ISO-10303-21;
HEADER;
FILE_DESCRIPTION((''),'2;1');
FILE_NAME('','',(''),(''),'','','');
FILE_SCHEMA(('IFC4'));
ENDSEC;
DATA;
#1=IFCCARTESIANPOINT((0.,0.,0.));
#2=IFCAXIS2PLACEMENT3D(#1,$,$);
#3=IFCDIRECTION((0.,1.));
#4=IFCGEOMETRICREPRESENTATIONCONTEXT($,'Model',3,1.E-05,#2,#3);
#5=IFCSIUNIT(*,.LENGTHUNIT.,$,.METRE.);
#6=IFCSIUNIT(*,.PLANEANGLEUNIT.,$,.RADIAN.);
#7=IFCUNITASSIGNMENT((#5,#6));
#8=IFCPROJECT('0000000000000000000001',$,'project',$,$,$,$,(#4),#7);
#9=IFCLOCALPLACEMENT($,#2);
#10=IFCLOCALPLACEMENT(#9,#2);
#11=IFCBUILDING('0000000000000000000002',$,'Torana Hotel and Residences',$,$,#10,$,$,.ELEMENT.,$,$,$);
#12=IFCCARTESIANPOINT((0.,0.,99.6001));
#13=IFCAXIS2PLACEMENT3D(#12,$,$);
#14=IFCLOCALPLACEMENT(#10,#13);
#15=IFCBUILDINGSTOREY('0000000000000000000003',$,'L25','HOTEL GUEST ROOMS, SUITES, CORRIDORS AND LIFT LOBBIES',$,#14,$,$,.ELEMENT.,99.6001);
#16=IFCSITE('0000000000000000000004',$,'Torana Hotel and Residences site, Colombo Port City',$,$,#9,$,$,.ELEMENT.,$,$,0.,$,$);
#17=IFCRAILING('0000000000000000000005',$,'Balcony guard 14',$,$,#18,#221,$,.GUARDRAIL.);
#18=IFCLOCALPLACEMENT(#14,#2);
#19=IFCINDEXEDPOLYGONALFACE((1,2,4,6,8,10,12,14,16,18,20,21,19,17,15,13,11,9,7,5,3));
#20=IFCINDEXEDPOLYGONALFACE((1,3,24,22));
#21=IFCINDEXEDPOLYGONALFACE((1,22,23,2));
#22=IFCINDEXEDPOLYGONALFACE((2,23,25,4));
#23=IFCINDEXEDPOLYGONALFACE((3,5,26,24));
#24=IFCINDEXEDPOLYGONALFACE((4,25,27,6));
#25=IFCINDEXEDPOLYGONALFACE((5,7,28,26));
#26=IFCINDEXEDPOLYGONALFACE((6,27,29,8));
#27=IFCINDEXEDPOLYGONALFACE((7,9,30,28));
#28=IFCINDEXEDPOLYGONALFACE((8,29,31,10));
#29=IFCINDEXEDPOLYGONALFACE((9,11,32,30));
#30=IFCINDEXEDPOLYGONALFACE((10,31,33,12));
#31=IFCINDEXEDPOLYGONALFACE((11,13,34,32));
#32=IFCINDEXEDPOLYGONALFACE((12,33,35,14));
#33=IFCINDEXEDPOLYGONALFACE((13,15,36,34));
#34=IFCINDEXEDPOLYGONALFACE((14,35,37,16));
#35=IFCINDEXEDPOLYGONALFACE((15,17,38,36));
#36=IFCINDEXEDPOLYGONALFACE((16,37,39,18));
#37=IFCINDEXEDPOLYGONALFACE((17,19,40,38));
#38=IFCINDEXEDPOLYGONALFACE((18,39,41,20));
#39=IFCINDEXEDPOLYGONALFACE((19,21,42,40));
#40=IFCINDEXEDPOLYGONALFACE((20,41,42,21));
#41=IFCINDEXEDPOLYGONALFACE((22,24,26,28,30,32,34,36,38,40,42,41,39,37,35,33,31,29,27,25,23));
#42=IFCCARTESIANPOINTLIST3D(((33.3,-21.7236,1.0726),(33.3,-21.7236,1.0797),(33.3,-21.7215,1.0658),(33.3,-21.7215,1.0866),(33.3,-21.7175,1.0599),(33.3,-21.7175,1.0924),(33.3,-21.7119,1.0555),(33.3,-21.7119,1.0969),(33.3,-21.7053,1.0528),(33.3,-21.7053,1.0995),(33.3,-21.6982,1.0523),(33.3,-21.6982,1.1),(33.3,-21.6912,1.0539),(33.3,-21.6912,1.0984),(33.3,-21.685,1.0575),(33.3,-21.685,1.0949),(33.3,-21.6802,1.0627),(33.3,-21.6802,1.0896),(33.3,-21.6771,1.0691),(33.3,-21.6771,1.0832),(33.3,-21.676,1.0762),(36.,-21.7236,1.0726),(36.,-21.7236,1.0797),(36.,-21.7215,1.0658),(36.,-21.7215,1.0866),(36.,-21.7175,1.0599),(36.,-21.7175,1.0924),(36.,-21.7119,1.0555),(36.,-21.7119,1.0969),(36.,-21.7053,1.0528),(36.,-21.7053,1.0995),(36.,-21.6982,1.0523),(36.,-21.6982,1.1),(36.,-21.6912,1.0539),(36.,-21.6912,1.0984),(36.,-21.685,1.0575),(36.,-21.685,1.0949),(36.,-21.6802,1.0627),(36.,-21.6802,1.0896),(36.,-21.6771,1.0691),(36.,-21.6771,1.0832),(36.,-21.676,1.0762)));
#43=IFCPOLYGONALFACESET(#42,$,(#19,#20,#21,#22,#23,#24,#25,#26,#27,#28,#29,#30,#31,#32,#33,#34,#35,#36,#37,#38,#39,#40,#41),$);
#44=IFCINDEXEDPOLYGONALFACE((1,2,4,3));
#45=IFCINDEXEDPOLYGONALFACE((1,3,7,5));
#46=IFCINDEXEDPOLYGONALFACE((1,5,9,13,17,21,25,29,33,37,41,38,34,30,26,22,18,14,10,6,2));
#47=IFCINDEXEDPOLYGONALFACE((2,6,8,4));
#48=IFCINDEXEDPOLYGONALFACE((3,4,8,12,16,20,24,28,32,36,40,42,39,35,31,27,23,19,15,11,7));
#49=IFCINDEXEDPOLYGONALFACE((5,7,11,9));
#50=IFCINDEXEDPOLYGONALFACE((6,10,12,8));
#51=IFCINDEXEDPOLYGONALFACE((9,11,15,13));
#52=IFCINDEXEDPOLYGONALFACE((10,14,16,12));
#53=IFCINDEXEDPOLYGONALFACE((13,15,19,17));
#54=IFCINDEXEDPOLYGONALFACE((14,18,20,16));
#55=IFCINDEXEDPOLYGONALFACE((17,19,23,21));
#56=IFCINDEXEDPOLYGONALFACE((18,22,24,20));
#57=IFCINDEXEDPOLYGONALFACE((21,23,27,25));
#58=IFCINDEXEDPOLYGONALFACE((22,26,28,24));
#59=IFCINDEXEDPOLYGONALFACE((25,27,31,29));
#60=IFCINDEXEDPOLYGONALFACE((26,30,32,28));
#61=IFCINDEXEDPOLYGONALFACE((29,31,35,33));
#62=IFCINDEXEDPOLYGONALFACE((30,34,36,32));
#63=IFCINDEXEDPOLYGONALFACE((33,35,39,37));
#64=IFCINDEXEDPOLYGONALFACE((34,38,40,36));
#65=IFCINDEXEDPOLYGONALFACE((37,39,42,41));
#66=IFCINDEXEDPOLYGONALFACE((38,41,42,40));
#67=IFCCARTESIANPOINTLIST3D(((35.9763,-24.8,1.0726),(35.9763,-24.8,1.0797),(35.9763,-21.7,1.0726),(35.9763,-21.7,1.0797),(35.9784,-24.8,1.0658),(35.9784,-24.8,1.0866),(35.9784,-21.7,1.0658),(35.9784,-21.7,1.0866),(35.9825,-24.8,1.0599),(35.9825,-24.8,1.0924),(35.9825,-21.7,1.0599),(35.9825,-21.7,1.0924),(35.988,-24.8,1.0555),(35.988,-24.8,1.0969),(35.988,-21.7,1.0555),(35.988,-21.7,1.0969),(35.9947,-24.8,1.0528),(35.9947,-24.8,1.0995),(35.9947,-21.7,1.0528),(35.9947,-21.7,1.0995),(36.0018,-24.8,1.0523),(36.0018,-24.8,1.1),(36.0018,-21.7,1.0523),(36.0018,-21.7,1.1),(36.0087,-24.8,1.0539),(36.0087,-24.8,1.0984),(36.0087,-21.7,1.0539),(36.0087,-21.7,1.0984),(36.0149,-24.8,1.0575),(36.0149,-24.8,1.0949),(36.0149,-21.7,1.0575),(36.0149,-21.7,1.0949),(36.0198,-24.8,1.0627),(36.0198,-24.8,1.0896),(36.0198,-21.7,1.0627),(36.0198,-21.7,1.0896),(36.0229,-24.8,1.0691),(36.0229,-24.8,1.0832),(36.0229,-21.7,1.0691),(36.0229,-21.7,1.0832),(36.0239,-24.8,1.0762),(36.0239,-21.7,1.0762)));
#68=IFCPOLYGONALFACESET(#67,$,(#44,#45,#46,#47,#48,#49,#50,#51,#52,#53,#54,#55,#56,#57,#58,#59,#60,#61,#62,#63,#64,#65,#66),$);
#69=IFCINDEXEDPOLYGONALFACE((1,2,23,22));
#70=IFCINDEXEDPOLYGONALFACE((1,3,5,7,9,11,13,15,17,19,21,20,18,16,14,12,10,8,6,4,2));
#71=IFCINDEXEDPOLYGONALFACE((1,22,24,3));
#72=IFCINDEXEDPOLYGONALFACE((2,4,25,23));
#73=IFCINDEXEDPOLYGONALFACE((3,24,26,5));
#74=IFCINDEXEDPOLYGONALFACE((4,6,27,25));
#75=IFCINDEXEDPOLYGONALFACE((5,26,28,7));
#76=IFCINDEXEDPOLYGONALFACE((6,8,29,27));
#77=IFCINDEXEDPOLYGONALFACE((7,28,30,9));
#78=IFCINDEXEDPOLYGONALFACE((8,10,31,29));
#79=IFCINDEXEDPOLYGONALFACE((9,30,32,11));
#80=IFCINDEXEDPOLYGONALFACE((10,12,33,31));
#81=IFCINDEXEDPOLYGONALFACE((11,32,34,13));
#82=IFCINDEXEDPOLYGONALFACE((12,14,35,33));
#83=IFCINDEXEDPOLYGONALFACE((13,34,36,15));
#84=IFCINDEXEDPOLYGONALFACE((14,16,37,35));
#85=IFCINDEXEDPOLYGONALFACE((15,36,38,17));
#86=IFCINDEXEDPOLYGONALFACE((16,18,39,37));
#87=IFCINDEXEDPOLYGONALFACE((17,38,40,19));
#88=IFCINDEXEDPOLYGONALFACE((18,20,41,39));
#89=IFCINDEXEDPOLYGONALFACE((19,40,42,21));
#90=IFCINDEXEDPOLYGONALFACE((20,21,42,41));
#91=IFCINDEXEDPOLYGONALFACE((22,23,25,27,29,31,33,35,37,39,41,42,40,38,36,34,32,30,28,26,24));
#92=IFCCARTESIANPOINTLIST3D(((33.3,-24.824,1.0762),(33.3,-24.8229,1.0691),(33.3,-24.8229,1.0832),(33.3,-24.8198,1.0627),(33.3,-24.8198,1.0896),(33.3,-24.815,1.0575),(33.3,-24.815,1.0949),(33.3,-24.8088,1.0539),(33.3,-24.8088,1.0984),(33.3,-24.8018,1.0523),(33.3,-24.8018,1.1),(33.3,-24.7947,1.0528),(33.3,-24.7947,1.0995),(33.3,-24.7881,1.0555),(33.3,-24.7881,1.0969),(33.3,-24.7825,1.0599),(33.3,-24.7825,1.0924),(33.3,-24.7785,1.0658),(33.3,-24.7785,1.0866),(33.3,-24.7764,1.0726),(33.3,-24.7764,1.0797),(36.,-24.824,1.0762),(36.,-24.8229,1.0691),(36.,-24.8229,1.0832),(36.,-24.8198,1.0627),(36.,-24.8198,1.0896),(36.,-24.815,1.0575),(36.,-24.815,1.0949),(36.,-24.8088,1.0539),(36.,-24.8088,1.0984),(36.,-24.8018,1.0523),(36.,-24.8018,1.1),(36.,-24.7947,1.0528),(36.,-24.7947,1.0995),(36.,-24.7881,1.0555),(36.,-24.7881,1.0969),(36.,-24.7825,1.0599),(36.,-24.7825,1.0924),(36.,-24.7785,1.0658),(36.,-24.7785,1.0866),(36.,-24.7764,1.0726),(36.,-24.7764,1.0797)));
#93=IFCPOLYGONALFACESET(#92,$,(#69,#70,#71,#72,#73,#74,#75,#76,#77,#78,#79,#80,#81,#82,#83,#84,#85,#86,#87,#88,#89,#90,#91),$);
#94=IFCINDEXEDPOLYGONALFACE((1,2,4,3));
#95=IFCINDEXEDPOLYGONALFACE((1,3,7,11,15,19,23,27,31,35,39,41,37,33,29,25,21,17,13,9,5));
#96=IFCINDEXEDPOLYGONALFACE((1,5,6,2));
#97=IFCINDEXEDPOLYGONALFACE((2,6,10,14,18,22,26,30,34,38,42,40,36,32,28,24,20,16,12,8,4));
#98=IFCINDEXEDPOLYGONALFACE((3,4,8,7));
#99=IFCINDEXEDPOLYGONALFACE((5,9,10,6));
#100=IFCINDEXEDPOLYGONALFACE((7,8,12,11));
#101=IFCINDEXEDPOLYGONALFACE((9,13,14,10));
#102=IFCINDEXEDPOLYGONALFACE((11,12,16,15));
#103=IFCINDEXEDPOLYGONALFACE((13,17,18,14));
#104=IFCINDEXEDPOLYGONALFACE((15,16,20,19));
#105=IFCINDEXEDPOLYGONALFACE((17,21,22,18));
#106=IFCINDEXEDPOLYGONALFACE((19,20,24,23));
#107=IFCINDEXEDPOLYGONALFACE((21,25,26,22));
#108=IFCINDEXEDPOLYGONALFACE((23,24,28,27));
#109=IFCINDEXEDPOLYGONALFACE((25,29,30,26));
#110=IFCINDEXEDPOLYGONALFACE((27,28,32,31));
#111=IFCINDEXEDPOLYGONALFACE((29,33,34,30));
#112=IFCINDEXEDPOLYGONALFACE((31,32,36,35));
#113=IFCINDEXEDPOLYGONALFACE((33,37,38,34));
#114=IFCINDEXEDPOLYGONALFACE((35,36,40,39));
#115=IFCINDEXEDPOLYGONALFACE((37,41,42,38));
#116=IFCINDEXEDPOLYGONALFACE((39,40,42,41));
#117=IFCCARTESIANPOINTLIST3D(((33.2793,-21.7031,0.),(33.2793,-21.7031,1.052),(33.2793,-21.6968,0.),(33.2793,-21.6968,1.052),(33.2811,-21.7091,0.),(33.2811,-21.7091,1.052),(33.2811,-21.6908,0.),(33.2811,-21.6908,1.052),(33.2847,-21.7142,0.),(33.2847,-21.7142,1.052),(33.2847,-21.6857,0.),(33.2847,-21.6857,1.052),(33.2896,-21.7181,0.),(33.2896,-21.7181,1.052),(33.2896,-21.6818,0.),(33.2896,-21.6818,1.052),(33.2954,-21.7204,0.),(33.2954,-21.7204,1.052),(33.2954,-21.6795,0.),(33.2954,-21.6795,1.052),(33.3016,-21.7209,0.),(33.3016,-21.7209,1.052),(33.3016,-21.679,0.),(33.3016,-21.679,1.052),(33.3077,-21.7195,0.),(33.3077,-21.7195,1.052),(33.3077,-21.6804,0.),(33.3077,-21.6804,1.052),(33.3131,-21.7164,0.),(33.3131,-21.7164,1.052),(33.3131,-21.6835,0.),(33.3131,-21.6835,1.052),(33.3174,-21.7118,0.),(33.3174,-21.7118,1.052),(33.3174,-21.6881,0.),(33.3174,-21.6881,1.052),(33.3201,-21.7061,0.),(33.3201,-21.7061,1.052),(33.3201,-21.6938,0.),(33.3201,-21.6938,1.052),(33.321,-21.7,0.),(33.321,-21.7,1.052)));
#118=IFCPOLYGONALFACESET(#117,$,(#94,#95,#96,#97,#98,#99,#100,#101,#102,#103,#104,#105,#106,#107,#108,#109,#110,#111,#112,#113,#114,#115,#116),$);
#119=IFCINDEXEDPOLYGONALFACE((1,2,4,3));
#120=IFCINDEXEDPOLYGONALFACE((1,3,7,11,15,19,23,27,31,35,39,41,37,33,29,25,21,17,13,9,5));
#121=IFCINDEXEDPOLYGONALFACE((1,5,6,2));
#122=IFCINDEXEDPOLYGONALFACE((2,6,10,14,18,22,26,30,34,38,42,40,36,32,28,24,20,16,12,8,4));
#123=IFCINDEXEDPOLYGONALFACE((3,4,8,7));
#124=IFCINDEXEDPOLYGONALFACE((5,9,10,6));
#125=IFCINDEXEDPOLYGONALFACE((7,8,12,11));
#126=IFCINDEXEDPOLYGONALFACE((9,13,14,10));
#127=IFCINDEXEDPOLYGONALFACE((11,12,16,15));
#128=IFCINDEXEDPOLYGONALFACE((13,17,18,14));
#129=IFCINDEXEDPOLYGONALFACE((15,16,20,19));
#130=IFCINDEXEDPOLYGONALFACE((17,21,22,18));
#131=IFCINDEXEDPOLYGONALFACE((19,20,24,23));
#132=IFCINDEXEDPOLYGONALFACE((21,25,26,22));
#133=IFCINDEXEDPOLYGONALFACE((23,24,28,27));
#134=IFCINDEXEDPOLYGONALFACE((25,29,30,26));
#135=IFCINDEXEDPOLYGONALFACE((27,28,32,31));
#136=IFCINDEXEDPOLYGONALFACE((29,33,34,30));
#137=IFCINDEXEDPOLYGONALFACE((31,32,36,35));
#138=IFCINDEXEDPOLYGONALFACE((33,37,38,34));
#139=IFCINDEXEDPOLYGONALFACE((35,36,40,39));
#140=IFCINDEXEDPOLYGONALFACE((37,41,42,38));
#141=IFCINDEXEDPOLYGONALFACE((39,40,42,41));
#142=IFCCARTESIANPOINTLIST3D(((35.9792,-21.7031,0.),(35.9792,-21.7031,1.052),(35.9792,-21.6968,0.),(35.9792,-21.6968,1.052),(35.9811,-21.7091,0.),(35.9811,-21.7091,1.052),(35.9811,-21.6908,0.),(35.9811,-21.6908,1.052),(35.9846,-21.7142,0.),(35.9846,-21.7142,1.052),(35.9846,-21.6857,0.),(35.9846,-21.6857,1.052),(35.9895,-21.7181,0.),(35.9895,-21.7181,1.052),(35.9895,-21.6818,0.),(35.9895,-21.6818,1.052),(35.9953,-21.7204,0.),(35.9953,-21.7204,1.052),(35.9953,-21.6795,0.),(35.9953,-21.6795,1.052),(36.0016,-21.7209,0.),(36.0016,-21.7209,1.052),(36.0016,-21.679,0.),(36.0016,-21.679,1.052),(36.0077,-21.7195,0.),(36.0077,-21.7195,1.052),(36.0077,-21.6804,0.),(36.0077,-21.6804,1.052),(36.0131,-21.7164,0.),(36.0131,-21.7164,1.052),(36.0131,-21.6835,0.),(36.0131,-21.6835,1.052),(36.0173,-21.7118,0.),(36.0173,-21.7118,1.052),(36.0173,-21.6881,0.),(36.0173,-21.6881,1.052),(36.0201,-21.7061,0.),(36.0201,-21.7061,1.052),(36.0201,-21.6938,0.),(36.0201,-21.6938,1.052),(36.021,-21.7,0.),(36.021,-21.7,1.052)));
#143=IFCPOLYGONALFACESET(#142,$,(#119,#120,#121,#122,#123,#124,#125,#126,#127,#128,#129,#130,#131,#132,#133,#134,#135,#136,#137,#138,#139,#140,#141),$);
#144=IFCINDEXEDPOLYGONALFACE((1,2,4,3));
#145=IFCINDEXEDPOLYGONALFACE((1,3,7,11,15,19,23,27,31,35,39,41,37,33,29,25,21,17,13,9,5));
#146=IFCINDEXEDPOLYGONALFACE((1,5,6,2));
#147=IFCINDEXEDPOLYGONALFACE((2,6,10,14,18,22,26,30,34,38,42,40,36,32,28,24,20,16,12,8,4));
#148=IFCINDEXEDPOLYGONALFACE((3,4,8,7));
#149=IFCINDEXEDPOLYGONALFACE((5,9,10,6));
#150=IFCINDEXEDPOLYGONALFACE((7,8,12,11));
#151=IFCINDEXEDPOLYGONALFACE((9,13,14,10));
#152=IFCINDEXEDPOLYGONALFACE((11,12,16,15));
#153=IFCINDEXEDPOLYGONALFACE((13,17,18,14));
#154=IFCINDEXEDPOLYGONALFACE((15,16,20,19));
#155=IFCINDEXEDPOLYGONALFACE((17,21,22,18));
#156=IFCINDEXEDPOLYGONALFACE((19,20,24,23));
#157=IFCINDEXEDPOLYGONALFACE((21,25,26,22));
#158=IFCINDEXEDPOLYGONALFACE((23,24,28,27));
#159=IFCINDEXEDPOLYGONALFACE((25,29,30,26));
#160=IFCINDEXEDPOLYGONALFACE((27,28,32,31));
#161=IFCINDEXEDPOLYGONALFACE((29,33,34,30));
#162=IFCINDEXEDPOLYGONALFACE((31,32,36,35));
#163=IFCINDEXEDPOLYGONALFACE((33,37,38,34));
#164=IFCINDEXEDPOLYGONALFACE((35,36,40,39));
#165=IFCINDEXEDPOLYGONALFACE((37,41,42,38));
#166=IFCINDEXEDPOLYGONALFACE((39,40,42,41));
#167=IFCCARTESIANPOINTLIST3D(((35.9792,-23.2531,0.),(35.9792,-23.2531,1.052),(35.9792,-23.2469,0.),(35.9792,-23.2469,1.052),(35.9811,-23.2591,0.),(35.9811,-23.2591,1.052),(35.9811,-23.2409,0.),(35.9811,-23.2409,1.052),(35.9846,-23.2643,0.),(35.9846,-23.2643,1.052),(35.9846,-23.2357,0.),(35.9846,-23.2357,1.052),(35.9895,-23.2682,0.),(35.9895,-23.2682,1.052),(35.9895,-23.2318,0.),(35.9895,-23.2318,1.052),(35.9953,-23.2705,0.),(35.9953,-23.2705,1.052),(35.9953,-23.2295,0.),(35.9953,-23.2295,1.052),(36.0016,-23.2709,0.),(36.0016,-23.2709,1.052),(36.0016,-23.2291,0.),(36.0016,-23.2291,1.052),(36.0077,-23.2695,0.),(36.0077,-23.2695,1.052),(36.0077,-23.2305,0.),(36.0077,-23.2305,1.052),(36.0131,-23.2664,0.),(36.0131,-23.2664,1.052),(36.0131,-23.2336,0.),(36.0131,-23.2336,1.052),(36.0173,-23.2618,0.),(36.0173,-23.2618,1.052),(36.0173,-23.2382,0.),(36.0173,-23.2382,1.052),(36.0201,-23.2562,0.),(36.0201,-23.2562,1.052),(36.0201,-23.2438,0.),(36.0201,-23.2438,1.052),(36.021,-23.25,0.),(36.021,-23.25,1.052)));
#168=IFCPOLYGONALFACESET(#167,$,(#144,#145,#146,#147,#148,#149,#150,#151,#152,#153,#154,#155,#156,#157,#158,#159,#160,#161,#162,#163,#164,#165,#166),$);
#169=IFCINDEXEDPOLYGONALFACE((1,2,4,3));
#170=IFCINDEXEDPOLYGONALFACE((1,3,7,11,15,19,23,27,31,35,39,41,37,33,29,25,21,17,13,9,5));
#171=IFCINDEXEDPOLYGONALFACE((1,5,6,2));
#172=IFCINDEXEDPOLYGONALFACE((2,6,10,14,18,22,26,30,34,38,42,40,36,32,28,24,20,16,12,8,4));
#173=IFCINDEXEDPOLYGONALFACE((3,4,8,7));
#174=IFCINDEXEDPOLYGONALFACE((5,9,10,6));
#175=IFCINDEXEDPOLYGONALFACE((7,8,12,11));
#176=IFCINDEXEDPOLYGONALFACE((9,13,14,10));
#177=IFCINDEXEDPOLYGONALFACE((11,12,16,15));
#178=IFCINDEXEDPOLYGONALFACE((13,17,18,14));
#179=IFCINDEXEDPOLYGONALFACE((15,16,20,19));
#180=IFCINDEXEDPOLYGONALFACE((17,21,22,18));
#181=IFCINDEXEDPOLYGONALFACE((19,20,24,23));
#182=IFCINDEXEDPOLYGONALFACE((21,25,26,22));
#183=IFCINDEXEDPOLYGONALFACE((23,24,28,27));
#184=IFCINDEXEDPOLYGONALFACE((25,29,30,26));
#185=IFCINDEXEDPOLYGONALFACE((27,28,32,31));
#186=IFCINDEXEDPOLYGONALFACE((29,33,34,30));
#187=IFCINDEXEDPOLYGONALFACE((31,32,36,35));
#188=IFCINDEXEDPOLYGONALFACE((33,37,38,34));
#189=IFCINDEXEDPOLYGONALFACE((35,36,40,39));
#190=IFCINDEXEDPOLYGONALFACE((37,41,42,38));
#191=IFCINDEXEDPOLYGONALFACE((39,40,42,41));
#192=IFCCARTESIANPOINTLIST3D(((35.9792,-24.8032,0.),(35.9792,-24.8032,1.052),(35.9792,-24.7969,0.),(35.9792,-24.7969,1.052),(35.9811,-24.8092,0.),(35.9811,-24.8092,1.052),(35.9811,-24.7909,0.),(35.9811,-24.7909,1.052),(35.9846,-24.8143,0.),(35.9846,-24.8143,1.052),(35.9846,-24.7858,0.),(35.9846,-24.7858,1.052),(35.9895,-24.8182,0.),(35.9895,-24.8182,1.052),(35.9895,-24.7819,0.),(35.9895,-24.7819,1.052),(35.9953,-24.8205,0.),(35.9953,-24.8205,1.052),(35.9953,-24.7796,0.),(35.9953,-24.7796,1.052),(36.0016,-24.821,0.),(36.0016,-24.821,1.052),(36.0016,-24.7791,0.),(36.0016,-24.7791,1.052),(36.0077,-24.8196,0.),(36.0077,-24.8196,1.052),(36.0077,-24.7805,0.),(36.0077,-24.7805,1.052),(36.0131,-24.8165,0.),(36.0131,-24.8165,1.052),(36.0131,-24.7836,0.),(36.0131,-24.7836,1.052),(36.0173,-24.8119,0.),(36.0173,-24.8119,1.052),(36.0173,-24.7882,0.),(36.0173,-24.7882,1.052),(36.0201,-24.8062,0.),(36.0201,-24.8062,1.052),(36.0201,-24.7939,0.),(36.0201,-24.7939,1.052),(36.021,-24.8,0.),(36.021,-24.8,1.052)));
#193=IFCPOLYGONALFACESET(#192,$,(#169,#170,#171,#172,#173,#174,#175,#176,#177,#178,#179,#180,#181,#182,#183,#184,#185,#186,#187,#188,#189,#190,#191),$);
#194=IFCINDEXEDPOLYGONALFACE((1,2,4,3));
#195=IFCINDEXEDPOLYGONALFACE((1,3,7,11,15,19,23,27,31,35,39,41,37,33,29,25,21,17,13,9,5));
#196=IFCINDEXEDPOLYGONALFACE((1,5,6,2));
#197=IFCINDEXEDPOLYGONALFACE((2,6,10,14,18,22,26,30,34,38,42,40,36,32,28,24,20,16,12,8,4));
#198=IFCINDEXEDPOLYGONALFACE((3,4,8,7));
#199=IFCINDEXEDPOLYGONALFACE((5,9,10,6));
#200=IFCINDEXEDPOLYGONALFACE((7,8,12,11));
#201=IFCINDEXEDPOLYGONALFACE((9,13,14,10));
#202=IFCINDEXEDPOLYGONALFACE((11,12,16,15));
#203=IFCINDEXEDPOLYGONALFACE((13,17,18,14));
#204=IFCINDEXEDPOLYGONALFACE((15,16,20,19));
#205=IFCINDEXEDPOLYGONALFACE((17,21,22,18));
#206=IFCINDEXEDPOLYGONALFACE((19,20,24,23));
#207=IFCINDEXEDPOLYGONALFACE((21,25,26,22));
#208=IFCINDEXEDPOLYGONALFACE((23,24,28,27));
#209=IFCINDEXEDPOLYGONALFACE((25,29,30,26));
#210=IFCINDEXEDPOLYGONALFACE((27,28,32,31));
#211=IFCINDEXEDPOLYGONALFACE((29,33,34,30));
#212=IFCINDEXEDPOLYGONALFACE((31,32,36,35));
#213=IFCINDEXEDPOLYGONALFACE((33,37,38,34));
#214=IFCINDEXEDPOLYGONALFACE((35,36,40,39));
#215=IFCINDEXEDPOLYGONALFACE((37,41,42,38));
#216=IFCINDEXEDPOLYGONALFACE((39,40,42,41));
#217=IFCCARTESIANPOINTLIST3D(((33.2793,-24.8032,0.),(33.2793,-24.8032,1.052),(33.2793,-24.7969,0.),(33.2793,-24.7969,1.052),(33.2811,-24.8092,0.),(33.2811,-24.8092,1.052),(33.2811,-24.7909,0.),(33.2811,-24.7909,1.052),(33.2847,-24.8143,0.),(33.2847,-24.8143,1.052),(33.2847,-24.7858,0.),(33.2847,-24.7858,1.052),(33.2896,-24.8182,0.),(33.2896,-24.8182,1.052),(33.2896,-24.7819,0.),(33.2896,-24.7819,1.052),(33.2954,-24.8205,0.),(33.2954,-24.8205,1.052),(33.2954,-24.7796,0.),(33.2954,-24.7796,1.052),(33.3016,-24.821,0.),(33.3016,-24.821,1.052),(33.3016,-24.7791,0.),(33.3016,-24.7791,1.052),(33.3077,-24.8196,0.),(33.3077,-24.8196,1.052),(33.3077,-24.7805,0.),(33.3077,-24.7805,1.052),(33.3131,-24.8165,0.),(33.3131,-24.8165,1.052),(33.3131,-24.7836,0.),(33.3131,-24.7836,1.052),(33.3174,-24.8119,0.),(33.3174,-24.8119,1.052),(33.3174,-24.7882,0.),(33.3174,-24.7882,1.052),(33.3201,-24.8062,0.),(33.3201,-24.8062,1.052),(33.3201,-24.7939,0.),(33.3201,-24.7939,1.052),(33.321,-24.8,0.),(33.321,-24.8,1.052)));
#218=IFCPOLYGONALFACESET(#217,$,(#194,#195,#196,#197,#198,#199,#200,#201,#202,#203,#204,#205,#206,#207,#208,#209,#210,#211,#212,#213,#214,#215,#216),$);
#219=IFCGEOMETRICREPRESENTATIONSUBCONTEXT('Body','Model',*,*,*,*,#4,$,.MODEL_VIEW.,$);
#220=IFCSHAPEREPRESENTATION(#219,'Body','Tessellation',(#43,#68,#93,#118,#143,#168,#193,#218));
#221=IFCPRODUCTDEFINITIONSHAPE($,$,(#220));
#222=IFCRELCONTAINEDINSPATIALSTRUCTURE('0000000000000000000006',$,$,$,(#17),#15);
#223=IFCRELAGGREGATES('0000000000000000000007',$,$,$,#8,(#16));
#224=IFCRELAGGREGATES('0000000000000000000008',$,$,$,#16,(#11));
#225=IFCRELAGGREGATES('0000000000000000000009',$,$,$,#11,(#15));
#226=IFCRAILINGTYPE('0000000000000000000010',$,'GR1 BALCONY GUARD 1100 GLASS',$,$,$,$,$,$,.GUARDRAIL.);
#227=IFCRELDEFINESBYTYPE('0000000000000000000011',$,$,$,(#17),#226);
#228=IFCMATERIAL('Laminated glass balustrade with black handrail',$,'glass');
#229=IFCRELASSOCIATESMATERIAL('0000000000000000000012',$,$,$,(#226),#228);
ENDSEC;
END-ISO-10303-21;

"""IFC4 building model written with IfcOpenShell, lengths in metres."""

from ifc_helpers import new_model, si_unit, direction, frame, origin, origin_2d, place, context, subcontext, project, spatial, circle, extrude, material, type_object, element, save


model = new_model("IFC4")

# Units and contexts
model_context = context("Model", 3, precision=1e-05, world=origin(), true_north=direction((0.0, 1.0)))
body_context = subcontext(model_context, "Body", "Model", "MODEL_VIEW")
ifc_project = project(units=[si_unit("LENGTHUNIT", "METRE"), si_unit("PLANEANGLEUNIT", "RADIAN")], contexts=[model_context])

# Site, building, storey
site_placement = place(None, origin())
site = spatial("IfcSite", under=ifc_project, at=site_placement, Name="Torana Hotel and Residences site, Colombo Port City", CompositionType="ELEMENT", RefElevation=0.0)
building_placement = place(site_placement, origin())
building = spatial("IfcBuilding", under=site, at=building_placement, Name="Torana Hotel and Residences", CompositionType="ELEMENT")
storey_placement = place(building_placement, frame((0.0, 0.0, 99.6001)))
storey = spatial("IfcBuildingStorey", under=building, at=storey_placement, Name="L25", Description="HOTEL GUEST ROOMS, SUITES, CORRIDORS AND LIFT LOBBIES", CompositionType="ELEMENT", Elevation=99.6001)

# Railing
ifc_material_1 = material(Name="Laminated glass balustrade with black handrail", Category="glass")
railing_type = type_object("IfcRailingType", Name="GR1 BALCONY GUARD 1100 GLASS", PredefinedType="GUARDRAIL", material=ifc_material_1)
railing_1_placement = place(storey_placement, frame((33.3, -21.7, 0.0)))
element("IfcRailing", 1, at=railing_1_placement, inside=storey, type_object=railing_type, Name="Balcony guard 14", PredefinedType="GUARDRAIL", context=body_context, shape_type="SweptSolid", body=[
    extrude(circle(Radius=0.0239, at=origin_2d()), frame((0.0, 0.0, 1.0762), z_axis=(1.0, 0.0, 0.0), x_axis=(0.0, 1.0, 0.0)), (0.0, 0.0, 1.0), 2.7),
    extrude(circle(Radius=0.0239, at=origin_2d()), frame((2.7, 0.0, 1.0762), z_axis=(0.0, -1.0, 0.0), x_axis=(1.0, 0.0, 0.0)), (0.0, 0.0, 1.0), 3.1001),
    extrude(circle(Radius=0.0239, at=origin_2d()), frame((2.7, -3.1001, 1.0762), z_axis=(-1.0, 0.0, 0.0), x_axis=(0.0, -1.0, 0.0)), (0.0, 0.0, 1.0), 2.7),
    extrude(circle(Radius=0.021, at=origin_2d()), origin(), (0.0, 0.0, 1.0), 1.052),
    extrude(circle(Radius=0.021, at=origin_2d()), frame((2.7, 0.0, 0.0)), (0.0, 0.0, 1.0), 1.052),
    extrude(circle(Radius=0.021, at=origin_2d()), frame((2.7, -1.55, 0.0)), (0.0, 0.0, 1.0), 1.052),
    extrude(circle(Radius=0.021, at=origin_2d()), frame((2.7, -3.1001, 0.0)), (0.0, 0.0, 1.0), 1.052),
    extrude(circle(Radius=0.021, at=origin_2d()), frame((0.0, -3.1001, 0.0)), (0.0, 0.0, 1.0), 1.052),
])

save(model, "model.ifc")
